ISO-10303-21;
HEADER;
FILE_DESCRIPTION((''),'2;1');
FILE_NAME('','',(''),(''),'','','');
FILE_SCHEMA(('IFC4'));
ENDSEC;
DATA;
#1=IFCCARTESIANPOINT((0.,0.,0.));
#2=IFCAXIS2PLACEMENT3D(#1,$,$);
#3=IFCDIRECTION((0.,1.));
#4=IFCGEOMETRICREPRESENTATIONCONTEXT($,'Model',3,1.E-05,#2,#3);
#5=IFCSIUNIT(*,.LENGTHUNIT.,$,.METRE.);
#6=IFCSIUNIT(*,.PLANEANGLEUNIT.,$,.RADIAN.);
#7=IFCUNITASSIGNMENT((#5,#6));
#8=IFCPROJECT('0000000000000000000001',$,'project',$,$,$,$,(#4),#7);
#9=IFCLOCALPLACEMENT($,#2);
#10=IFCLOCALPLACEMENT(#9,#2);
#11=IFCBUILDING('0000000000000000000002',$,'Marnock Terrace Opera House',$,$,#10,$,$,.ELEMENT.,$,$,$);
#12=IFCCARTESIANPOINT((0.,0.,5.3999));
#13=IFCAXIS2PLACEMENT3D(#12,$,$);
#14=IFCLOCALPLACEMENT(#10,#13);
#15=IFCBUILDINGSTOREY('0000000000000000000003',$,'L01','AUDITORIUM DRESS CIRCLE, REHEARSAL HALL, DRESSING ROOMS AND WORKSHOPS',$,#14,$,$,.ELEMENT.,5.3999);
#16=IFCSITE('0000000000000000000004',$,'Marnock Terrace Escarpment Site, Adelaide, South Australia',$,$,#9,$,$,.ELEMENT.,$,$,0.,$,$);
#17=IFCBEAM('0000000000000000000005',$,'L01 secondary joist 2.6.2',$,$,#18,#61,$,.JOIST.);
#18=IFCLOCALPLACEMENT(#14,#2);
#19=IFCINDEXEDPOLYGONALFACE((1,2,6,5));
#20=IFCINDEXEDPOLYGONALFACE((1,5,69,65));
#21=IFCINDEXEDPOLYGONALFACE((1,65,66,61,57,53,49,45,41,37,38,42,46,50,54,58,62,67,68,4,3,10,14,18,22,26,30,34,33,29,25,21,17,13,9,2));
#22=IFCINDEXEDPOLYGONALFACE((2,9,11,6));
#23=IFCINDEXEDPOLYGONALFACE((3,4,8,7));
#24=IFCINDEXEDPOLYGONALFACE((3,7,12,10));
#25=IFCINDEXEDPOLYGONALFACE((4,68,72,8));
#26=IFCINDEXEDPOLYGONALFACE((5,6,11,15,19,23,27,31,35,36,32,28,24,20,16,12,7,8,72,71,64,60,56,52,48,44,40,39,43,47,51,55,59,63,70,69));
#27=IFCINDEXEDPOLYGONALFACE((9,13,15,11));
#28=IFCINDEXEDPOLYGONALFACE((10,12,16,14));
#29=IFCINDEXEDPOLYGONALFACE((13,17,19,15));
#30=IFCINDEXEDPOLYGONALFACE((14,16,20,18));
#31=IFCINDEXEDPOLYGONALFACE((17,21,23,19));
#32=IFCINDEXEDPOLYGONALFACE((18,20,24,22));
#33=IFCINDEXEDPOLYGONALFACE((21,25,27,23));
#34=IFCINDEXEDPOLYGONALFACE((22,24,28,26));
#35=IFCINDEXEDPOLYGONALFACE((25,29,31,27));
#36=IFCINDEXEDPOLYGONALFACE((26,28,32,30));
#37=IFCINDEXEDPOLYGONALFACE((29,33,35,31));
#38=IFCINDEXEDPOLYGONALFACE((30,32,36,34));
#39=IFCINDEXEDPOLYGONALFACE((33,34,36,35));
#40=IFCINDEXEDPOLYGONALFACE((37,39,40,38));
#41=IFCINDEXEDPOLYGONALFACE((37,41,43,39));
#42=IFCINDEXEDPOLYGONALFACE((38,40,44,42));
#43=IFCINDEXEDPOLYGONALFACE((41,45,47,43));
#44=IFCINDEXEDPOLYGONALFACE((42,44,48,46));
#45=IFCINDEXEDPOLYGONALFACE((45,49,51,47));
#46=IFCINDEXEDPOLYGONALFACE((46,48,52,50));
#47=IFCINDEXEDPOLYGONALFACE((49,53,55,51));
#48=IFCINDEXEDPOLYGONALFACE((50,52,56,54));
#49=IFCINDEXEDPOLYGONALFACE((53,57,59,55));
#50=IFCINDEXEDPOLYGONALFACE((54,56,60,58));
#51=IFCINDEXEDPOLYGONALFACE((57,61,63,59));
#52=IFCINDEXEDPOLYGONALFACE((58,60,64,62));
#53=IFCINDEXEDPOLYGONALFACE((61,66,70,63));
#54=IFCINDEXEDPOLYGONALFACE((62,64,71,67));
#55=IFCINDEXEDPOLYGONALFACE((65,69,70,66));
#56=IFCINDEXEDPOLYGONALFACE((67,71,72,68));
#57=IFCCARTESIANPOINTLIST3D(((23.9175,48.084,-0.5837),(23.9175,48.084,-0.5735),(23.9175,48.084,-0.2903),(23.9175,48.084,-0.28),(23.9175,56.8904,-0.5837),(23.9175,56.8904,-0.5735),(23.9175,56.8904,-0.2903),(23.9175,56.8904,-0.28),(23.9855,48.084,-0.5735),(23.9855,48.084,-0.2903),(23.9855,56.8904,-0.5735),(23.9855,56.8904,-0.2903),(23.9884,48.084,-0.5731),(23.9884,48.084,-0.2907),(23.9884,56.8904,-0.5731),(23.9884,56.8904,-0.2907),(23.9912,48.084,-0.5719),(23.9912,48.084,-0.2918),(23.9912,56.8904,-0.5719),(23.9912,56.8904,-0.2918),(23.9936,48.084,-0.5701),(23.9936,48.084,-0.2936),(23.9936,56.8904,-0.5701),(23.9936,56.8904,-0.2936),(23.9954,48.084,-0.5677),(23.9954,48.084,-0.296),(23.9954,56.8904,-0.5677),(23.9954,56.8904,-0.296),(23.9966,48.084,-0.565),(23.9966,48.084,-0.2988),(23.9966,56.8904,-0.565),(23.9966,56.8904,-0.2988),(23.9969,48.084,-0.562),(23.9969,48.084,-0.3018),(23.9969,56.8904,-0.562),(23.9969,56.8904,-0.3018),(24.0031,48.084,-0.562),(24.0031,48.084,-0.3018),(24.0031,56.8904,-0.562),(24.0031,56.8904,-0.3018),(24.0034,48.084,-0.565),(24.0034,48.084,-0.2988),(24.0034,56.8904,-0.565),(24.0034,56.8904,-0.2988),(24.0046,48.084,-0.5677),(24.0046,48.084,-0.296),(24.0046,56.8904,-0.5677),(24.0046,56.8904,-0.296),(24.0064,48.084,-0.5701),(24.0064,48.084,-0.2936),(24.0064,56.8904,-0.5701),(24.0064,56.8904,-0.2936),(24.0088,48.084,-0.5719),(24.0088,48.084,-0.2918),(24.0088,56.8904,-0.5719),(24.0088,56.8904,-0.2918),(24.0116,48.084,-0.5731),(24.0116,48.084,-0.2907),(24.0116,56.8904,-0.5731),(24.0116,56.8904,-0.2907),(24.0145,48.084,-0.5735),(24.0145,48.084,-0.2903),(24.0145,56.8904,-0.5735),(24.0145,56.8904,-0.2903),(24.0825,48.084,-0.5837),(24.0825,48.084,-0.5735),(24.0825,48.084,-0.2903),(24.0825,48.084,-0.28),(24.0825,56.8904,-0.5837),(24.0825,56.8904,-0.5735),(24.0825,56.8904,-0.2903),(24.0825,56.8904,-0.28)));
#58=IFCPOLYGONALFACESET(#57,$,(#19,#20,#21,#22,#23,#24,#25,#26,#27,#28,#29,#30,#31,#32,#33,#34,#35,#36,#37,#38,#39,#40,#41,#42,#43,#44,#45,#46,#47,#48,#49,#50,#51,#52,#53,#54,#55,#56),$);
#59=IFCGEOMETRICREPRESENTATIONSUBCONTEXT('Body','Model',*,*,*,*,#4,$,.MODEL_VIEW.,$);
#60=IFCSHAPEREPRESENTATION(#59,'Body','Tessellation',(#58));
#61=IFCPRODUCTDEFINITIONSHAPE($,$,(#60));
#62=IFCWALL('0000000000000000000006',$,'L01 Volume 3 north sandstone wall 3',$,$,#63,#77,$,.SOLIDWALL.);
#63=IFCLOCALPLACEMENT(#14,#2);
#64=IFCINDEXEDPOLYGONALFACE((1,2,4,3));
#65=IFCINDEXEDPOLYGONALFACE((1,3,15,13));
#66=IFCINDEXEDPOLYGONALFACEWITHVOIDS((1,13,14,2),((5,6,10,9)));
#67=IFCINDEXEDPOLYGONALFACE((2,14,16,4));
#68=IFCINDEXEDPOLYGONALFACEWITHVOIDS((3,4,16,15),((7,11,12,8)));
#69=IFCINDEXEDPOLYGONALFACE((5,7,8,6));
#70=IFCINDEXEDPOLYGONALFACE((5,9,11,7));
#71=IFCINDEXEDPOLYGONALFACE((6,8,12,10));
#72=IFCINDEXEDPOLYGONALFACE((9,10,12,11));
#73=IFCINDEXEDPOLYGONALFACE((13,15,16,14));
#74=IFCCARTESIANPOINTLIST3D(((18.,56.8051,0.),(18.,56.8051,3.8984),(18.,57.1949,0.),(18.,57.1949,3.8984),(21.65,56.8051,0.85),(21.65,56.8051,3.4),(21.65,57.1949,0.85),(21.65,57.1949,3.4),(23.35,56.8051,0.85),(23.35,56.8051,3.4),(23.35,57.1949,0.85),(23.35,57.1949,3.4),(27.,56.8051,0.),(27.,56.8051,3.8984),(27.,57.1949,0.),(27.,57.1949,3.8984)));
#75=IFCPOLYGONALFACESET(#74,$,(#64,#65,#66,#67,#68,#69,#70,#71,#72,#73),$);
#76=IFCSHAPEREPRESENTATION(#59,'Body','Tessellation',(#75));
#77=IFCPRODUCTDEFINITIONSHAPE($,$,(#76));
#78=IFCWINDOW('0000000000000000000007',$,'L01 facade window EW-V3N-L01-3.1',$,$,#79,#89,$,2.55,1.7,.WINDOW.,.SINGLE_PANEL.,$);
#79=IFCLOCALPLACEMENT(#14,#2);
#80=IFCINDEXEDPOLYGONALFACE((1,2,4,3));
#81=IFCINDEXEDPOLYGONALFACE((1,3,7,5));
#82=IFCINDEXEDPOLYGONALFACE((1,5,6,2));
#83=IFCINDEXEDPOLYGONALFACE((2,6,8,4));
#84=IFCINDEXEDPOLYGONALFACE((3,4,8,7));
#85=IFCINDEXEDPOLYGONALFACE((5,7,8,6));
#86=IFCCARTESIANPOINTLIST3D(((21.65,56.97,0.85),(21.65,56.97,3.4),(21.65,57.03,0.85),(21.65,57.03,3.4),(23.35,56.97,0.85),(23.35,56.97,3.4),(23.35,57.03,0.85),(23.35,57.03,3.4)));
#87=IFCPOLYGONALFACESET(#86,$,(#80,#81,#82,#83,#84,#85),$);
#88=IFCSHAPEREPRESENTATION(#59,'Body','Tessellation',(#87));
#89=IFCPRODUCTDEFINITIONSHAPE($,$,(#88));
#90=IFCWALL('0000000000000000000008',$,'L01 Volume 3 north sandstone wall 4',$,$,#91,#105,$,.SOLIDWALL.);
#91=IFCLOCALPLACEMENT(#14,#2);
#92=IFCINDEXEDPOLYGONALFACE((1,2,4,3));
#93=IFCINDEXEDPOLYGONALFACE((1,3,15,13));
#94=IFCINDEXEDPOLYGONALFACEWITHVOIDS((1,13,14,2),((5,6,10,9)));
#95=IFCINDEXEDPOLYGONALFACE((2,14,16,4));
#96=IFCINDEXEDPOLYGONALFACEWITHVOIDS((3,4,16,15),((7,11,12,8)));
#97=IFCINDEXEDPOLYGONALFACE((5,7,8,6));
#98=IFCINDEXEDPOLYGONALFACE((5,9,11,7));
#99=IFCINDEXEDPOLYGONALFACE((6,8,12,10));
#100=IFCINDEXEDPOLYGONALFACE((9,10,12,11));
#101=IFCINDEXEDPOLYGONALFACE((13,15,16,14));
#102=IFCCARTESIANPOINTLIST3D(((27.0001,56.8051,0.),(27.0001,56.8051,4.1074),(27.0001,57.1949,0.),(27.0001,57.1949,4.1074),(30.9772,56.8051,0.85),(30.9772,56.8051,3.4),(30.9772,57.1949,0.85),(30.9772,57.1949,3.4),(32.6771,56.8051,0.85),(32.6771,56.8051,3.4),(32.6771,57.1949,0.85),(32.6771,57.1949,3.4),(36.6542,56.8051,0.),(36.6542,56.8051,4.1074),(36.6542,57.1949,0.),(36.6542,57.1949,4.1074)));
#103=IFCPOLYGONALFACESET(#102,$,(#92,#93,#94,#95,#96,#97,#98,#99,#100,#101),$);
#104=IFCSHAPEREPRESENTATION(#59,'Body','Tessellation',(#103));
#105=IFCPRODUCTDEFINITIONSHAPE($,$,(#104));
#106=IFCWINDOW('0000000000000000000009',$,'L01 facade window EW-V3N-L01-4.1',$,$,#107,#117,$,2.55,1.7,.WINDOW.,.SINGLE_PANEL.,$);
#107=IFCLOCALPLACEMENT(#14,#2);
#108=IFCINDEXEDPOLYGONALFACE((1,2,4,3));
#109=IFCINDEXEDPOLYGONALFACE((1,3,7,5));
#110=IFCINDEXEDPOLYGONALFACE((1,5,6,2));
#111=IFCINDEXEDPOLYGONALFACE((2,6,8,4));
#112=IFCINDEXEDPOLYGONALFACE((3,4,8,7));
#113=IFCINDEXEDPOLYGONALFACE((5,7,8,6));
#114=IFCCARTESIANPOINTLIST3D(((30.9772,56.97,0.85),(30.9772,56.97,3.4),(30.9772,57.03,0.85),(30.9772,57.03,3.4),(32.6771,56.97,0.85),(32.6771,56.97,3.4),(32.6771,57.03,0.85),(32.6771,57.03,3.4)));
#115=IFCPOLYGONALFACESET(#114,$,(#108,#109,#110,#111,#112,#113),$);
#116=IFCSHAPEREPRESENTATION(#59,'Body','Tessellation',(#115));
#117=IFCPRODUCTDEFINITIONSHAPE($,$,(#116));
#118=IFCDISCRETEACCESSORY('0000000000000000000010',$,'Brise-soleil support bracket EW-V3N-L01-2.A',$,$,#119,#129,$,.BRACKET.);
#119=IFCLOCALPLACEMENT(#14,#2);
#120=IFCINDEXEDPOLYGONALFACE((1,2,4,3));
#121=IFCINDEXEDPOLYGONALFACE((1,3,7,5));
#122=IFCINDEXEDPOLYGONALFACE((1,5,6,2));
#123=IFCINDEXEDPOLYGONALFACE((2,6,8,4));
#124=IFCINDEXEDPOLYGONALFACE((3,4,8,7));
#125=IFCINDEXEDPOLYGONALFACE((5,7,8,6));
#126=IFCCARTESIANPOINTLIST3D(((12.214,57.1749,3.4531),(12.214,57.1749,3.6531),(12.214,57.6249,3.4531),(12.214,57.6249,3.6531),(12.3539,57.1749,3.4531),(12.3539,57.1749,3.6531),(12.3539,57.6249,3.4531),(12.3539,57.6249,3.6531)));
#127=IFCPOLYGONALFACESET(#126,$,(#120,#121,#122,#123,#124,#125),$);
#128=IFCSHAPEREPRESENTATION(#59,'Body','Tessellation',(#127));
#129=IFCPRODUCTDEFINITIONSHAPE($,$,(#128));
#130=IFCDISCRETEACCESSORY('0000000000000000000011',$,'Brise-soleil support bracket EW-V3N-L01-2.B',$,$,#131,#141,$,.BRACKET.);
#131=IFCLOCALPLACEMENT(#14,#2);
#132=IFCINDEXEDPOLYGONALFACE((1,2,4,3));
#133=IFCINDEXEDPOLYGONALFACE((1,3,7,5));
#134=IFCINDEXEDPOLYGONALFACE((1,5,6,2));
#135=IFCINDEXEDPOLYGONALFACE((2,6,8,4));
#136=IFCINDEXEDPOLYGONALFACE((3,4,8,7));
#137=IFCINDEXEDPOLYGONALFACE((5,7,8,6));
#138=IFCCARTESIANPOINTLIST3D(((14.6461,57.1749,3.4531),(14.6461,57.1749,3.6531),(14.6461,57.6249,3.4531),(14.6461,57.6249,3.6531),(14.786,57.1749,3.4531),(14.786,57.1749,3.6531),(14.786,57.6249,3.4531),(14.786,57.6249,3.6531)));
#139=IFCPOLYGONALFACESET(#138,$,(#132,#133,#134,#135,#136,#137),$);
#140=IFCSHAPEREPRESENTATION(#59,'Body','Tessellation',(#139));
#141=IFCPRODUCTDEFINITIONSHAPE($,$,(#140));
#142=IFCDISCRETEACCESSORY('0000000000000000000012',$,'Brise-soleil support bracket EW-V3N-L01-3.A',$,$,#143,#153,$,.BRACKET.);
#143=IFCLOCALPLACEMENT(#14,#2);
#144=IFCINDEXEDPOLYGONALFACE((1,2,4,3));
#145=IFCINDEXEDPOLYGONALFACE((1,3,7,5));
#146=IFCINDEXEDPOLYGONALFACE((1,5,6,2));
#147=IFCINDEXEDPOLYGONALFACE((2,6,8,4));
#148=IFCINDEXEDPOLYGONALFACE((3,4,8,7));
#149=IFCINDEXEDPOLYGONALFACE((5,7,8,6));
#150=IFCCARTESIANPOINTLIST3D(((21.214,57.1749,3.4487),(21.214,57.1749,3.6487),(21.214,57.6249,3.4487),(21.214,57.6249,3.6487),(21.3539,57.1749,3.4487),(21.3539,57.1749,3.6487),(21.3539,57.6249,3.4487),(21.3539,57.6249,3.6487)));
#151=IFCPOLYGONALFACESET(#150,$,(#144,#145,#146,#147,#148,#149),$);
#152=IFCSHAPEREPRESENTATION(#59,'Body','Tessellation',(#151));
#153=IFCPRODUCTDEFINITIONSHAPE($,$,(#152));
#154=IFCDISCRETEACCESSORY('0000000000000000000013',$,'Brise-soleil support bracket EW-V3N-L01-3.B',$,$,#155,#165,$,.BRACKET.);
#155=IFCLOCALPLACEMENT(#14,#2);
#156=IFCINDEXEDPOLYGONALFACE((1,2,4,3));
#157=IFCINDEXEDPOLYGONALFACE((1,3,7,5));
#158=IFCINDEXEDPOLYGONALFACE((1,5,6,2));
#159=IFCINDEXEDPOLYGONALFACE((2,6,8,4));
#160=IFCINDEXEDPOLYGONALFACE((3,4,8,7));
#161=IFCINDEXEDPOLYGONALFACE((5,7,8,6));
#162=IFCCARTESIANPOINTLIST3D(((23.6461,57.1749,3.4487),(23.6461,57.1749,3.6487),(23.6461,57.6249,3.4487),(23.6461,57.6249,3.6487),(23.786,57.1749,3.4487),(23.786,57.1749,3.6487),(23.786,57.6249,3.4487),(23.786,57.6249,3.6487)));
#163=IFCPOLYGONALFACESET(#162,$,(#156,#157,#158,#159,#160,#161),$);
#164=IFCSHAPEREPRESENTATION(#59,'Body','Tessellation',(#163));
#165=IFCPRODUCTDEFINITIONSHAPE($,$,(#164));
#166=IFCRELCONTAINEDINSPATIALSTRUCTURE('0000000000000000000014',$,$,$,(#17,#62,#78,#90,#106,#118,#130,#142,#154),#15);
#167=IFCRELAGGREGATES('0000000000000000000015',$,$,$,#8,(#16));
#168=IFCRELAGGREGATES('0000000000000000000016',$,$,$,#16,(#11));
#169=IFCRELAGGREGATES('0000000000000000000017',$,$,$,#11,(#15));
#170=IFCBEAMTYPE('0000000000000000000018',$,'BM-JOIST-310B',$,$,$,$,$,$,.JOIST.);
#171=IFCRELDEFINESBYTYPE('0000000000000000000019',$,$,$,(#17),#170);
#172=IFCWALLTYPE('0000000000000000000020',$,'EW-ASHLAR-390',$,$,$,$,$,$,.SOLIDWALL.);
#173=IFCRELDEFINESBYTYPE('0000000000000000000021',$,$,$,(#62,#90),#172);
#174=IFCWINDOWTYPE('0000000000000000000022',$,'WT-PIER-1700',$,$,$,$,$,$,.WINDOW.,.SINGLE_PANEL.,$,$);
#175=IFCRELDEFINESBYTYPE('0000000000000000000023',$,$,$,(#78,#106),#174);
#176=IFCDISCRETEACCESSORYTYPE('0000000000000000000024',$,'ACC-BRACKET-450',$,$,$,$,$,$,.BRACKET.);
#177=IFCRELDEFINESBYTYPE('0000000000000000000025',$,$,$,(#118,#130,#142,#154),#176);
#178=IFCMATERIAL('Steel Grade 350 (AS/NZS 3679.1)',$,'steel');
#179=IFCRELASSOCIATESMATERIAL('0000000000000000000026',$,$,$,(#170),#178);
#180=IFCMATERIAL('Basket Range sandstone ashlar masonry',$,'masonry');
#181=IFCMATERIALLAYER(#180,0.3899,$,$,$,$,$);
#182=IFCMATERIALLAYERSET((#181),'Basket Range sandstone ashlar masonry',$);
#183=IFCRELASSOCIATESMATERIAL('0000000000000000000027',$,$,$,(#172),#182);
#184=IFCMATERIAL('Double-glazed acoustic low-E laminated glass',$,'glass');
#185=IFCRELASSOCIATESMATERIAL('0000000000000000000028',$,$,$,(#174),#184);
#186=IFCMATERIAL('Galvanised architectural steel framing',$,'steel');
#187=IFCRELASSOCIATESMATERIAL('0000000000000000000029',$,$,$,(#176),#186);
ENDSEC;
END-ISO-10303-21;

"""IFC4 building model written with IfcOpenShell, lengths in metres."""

from ifc_helpers import new_model, si_unit, direction, frame, frame_2d, origin, origin_2d, place, context, subcontext, project, spatial, rectangle, i_section, extrude, material, layer, layer_set, material_profile, profile_set, type_object, element, fill, save


model = new_model("IFC4")

# Units and contexts
model_context = context("Model", 3, precision=1e-05, world=origin(), true_north=direction((0.0, 1.0)))
body_context = subcontext(model_context, "Body", "Model", "MODEL_VIEW")
ifc_project = project(units=[si_unit("LENGTHUNIT", "METRE"), si_unit("PLANEANGLEUNIT", "RADIAN")], contexts=[model_context])

# Site, building, storey
site_placement = place(None, origin())
site = spatial("IfcSite", under=ifc_project, at=site_placement, Name="Marnock Terrace Escarpment Site, Adelaide, South Australia", CompositionType="ELEMENT", RefElevation=0.0)
building_placement = place(site_placement, origin())
building = spatial("IfcBuilding", under=site, at=building_placement, Name="Marnock Terrace Opera House", CompositionType="ELEMENT")
storey_placement = place(building_placement, frame((0.0, 0.0, 5.3999)))
storey = spatial("IfcBuildingStorey", under=building, at=storey_placement, Name="L01", Description="AUDITORIUM DRESS CIRCLE, REHEARSAL HALL, DRESSING ROOMS AND WORKSHOPS", CompositionType="ELEMENT", Elevation=5.3999)

# Shared definitions
ifc_material_1 = material(Name="Steel Grade 350 (AS/NZS 3679.1)", Category="steel")

# Beam
ifc_material_profile_1 = material_profile(ifc_material_1, i_section(OverallWidth=0.165, OverallDepth=0.3037, WebThickness=0.0061, FlangeThickness=0.0103, FilletRadius=0.0115, at=origin_2d()))
ifc_profile_set_1 = profile_set([ifc_material_profile_1], Name="Steel Grade 350 (AS/NZS 3679.1)")
beam_type_1 = type_object("IfcBeamType", Name="BM-JOIST-310B", PredefinedType="JOIST", material=ifc_profile_set_1)
for number, where, z_axis, x_axis, name in (
    (1, (24.0, 48.084, -0.4319), (0.0, 1.0, 0.0), (-1.0, 0.0, 0.0), "L01 secondary joist 2.6.2"),
):
    element("IfcBeam", number, at=place(storey_placement, frame(where, z_axis=z_axis, x_axis=x_axis)), inside=storey, type_object=beam_type_1, Name=name, PredefinedType="JOIST", context=body_context, shape_type="SweptSolid", body=[
        extrude(i_section(OverallWidth=0.165, OverallDepth=0.3037, WebThickness=0.0061, FlangeThickness=0.0103, FilletRadius=0.0115, at=origin_2d()), origin(), (0.0, 0.0, 1.0), 8.8064),
    ])

# Walls, openings, windows
ifc_material_2 = material(Name="Basket Range sandstone ashlar masonry", Category="masonry")
ifc_layer = layer(ifc_material_2, 0.3899)
ifc_layer_set = layer_set([ifc_layer], Name="Basket Range sandstone ashlar masonry")
wall_type = type_object("IfcWallType", Name="EW-ASHLAR-390", PredefinedType="SOLIDWALL", material=ifc_layer_set)
wall_1_placement = place(storey_placement, frame((18.0, 57.0, 0.0), z_axis=(0.0, 0.0, 1.0), x_axis=(1.0, 0.0, 0.0)))
wall_1 = element("IfcWall", 2, at=wall_1_placement, inside=storey, type_object=wall_type, Name="L01 Volume 3 north sandstone wall 3", PredefinedType="SOLIDWALL", context=body_context, shape_type="SweptSolid", body=[
    extrude(rectangle(XDim=9.0, YDim=0.3899, at=frame_2d((4.5, 0.0))), origin(), (0.0, 0.0, 1.0), 3.8984),
])
opening_1_placement = place(wall_1_placement, frame((3.6499, 0.0, 0.8501)))
opening_1 = element("IfcOpeningElement", 3, at=opening_1_placement, cuts=wall_1, PredefinedType="OPENING", context=body_context, shape_type="SweptSolid", body=[
    extrude(rectangle(XDim=1.7, YDim=2.55, at=frame_2d((0.8501, 1.2749))), frame((0.0, 0.2048, 0.0), z_axis=(0.0, -1.0, 0.0), x_axis=(1.0, 0.0, 0.0)), (0.0, 0.0, 1.0), 0.4099),
])
ifc_material_3 = material(Name="Double-glazed acoustic low-E laminated glass", Category="glass")
window_type = type_object("IfcWindowType", Name="WT-PIER-1700", PartitioningType="SINGLE_PANEL", PredefinedType="WINDOW", material=ifc_material_3)
window_1_placement = place(opening_1_placement, origin())
window_1 = element("IfcWindow", 4, at=window_1_placement, inside=storey, type_object=window_type, Name="L01 facade window EW-V3N-L01-3.1", OverallHeight=2.55, OverallWidth=1.7, PartitioningType="SINGLE_PANEL", PredefinedType="WINDOW", context=body_context, shape_type="SweptSolid", body=[
    extrude(rectangle(XDim=1.7, YDim=2.55, at=frame_2d((0.8501, 1.2749))), frame((0.0, 0.03, 0.0), z_axis=(0.0, -1.0, 0.0), x_axis=(1.0, 0.0, 0.0)), (0.0, 0.0, 1.0), 0.0601),
])
fill(opening_1, window_1)
wall_2_placement = place(storey_placement, frame((27.0, 57.0, 0.0), z_axis=(0.0, 0.0, 1.0), x_axis=(1.0, 0.0, 0.0)))
wall_2 = element("IfcWall", 5, at=wall_2_placement, inside=storey, type_object=wall_type, Name="L01 Volume 3 north sandstone wall 4", PredefinedType="SOLIDWALL", context=body_context, shape_type="SweptSolid", body=[
    extrude(rectangle(XDim=9.6541, YDim=0.3899, at=frame_2d((4.8271, 0.0))), origin(), (0.0, 0.0, 1.0), 4.1074),
])
opening_2_placement = place(wall_2_placement, frame((3.9771, 0.0, 0.8501)))
opening_2 = element("IfcOpeningElement", 6, at=opening_2_placement, cuts=wall_2, PredefinedType="OPENING", context=body_context, shape_type="SweptSolid", body=[
    extrude(rectangle(XDim=1.7, YDim=2.55, at=frame_2d((0.8501, 1.2749))), frame((0.0, 0.2048, 0.0), z_axis=(0.0, -1.0, 0.0), x_axis=(1.0, 0.0, 0.0)), (0.0, 0.0, 1.0), 0.4099),
])
window_2_placement = place(opening_2_placement, origin())
window_2 = element("IfcWindow", 7, at=window_2_placement, inside=storey, type_object=window_type, Name="L01 facade window EW-V3N-L01-4.1", OverallHeight=2.55, OverallWidth=1.7, PartitioningType="SINGLE_PANEL", PredefinedType="WINDOW", context=body_context, shape_type="SweptSolid", body=[
    extrude(rectangle(XDim=1.7, YDim=2.55, at=frame_2d((0.8501, 1.2749))), frame((0.0, 0.03, 0.0), z_axis=(0.0, -1.0, 0.0), x_axis=(1.0, 0.0, 0.0)), (0.0, 0.0, 1.0), 0.0601),
])
fill(opening_2, window_2)

# Discrete accessories
ifc_material_4 = material(Name="Galvanised architectural steel framing", Category="steel")
discrete_accessory_type = type_object("IfcDiscreteAccessoryType", Name="ACC-BRACKET-450", PredefinedType="BRACKET", material=ifc_material_4)
for number, where, z_axis, x_axis, name in (
    (8, (12.2839, 57.3999, 3.4531), (0.0, 0.0, 1.0), (1.0, 0.0, 0.0), "Brise-soleil support bracket EW-V3N-L01-2.A"),
    (9, (14.7161, 57.3999, 3.4531), (0.0, 0.0, 1.0), (1.0, 0.0, 0.0), "Brise-soleil support bracket EW-V3N-L01-2.B"),
    (10, (21.2839, 57.3999, 3.4487), (0.0, 0.0, 1.0), (1.0, 0.0, 0.0), "Brise-soleil support bracket EW-V3N-L01-3.A"),
    (11, (23.7161, 57.3999, 3.4487), (0.0, 0.0, 1.0), (1.0, 0.0, 0.0), "Brise-soleil support bracket EW-V3N-L01-3.B"),
):
    element("IfcDiscreteAccessory", number, at=place(storey_placement, frame(where, z_axis=z_axis, x_axis=x_axis)), inside=storey, type_object=discrete_accessory_type, Name=name, PredefinedType="BRACKET", context=body_context, shape_type="SweptSolid", body=[
        extrude(rectangle(XDim=0.1399, YDim=0.45, at=origin_2d()), origin(), (0.0, 0.0, 1.0), 0.2),
    ])

save(model, "model.ifc")
